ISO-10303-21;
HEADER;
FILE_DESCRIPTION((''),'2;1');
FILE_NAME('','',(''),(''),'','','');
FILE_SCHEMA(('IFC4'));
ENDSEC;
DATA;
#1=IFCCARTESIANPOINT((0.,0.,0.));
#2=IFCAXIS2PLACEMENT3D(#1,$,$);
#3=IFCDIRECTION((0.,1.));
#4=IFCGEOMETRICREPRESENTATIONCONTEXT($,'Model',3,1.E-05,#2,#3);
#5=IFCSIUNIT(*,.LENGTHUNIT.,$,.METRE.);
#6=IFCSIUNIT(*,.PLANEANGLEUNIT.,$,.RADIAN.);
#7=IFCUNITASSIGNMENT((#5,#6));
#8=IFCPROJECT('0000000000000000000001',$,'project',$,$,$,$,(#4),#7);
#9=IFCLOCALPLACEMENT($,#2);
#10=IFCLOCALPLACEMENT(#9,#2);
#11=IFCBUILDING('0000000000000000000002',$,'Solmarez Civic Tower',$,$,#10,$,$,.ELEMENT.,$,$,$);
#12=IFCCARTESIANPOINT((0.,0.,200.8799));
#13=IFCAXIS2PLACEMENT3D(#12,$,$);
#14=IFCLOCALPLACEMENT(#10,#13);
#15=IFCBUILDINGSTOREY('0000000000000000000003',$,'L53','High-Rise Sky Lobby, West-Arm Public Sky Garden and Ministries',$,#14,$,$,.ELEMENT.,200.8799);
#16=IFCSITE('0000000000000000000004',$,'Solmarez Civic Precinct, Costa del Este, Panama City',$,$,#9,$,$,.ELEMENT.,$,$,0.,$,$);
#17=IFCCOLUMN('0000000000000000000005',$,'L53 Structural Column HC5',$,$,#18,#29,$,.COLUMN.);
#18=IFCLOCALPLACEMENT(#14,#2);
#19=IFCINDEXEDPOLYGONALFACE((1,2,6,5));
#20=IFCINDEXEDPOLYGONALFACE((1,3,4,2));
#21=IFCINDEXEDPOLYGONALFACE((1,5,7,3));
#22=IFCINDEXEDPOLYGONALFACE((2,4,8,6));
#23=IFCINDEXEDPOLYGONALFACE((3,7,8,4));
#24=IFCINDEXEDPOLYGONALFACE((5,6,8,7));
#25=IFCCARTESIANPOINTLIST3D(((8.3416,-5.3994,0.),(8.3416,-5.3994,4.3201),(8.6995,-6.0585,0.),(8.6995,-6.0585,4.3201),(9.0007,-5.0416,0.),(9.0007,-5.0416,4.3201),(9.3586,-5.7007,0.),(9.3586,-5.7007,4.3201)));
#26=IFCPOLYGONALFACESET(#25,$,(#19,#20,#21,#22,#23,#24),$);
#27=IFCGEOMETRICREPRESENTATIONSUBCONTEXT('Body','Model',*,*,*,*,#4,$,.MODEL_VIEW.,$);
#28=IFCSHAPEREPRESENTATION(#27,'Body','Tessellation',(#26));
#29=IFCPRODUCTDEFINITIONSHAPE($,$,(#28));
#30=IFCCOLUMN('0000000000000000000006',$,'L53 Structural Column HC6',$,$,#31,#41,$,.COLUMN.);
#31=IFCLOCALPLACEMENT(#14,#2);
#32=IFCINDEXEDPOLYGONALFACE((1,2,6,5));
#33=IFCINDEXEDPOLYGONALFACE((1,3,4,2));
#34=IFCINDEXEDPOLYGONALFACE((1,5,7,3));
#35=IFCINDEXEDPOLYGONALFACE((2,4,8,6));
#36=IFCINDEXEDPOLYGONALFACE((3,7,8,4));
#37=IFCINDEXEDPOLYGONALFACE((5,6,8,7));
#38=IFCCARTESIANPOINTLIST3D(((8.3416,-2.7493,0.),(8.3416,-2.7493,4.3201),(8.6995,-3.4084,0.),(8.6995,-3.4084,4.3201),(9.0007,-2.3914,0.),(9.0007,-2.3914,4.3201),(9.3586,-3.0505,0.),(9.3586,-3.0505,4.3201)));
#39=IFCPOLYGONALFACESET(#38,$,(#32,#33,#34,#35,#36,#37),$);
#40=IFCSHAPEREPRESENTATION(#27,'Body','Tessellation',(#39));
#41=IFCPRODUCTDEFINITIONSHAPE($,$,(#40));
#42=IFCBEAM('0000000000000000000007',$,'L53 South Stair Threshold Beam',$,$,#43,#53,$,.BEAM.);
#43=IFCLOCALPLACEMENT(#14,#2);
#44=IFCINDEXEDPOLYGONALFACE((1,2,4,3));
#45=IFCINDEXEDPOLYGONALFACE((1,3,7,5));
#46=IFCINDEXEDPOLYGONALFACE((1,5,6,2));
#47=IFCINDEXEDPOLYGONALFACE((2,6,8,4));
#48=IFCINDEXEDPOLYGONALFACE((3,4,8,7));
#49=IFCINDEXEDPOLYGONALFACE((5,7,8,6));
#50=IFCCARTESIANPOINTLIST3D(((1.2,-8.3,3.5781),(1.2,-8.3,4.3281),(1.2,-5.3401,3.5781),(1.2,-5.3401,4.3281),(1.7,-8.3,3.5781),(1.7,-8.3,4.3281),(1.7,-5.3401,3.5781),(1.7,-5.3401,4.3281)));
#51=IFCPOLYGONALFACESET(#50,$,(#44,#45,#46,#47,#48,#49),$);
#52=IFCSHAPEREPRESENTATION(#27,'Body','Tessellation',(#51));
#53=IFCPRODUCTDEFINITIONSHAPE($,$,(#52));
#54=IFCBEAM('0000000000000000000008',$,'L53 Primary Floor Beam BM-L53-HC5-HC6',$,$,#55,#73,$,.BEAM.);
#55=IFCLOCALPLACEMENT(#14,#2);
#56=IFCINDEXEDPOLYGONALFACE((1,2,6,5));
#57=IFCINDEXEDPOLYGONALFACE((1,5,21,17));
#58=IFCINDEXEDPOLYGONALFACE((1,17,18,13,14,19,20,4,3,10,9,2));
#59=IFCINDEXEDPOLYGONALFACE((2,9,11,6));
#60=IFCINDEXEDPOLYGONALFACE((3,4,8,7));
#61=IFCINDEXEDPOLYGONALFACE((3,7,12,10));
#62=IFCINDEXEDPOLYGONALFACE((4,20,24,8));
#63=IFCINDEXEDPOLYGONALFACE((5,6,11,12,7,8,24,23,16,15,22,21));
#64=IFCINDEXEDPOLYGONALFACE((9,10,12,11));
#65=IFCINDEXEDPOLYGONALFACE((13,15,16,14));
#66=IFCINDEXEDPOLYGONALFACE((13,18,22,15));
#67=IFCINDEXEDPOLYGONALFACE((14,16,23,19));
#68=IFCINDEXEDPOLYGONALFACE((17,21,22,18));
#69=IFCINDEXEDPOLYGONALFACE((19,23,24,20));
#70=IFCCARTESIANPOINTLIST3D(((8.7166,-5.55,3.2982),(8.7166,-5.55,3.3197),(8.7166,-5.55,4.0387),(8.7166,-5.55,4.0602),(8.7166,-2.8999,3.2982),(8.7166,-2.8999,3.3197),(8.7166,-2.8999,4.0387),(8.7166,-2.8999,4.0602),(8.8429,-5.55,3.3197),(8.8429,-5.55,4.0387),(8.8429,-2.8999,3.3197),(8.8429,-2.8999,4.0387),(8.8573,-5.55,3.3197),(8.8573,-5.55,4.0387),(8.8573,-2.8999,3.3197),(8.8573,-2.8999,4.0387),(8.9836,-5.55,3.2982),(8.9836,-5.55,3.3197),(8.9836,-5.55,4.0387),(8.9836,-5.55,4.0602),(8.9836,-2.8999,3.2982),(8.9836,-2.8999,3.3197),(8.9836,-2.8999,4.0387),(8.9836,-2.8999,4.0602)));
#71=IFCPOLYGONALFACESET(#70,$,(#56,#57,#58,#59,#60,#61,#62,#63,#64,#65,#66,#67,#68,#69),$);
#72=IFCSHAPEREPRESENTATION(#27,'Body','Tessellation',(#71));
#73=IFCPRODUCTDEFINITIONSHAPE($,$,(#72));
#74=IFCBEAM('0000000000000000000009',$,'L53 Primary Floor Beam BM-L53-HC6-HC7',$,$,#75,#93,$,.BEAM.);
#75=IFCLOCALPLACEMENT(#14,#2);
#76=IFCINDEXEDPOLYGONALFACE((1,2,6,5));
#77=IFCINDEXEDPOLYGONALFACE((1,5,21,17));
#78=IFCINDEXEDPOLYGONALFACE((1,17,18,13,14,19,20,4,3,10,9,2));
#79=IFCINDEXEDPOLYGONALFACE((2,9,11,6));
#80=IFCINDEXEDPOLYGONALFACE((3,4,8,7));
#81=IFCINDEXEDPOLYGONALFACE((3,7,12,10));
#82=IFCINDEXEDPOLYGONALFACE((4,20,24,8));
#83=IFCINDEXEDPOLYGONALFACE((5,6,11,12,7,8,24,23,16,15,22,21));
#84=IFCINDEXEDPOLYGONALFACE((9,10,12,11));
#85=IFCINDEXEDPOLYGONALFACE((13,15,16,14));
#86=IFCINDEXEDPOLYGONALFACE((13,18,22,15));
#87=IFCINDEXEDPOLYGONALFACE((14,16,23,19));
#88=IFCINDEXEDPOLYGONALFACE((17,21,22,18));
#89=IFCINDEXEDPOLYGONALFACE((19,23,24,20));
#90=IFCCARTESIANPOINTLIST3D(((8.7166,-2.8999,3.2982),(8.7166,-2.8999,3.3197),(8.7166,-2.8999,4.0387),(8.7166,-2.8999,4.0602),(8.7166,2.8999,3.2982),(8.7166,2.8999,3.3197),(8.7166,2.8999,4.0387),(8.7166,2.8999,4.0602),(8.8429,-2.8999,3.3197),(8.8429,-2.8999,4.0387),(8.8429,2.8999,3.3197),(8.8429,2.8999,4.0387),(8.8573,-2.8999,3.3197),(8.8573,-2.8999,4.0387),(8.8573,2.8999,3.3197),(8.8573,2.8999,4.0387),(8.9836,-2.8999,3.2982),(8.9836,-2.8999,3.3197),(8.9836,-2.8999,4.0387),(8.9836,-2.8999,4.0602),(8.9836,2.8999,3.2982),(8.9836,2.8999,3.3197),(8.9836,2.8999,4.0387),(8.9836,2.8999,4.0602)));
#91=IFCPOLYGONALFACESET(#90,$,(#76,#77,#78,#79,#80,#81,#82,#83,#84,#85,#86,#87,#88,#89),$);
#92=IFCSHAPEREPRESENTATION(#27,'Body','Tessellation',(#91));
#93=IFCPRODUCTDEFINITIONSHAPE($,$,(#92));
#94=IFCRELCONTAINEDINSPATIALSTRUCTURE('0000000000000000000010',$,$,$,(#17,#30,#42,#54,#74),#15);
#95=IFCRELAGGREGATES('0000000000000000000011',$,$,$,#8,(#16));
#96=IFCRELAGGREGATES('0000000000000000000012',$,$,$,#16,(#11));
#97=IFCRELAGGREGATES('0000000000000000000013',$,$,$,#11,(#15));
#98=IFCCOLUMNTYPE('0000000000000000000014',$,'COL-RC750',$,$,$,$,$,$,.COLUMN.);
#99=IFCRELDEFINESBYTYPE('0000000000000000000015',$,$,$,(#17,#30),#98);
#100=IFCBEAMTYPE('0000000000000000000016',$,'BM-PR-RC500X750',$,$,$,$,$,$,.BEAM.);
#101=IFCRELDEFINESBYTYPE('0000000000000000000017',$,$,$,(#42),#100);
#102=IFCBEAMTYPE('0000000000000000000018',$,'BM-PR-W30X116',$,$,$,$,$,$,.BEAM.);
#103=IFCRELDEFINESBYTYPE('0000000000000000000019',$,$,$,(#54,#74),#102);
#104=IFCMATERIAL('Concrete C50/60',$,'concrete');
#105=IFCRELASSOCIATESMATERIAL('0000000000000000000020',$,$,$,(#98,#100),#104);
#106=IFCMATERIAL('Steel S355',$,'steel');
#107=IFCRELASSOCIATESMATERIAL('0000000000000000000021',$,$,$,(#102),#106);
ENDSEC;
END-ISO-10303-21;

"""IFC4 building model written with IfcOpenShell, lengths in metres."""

from ifc_helpers import new_model, si_unit, direction, frame, origin, origin_2d, place, context, subcontext, project, spatial, rectangle, i_section, extrude, material, material_profile, profile_set, type_object, element, save


model = new_model("IFC4")

# Units and contexts
model_context = context("Model", 3, precision=1e-05, world=origin(), true_north=direction((0.0, 1.0)))
body_context = subcontext(model_context, "Body", "Model", "MODEL_VIEW")
ifc_project = project(units=[si_unit("LENGTHUNIT", "METRE"), si_unit("PLANEANGLEUNIT", "RADIAN")], contexts=[model_context])

# Site, building, storey
site_placement = place(None, origin())
site = spatial("IfcSite", under=ifc_project, at=site_placement, Name="Solmarez Civic Precinct, Costa del Este, Panama City", CompositionType="ELEMENT", RefElevation=0.0)
building_placement = place(site_placement, origin())
building = spatial("IfcBuilding", under=site, at=building_placement, Name="Solmarez Civic Tower", CompositionType="ELEMENT")
storey_placement = place(building_placement, frame((0.0, 0.0, 200.8799)))
storey = spatial("IfcBuildingStorey", under=building, at=storey_placement, Name="L53", Description="High-Rise Sky Lobby, West-Arm Public Sky Garden and Ministries", CompositionType="ELEMENT", Elevation=200.8799)

# Columns
ifc_material_1 = material(Name="Concrete C50/60", Category="concrete")
ifc_material_profile_1 = material_profile(ifc_material_1, rectangle(XDim=0.75, YDim=0.75, at=origin_2d()), Name="RC750X750")
ifc_profile_set_1 = profile_set([ifc_material_profile_1], Name="Concrete C50/60")
column_type = type_object("IfcColumnType", Name="COL-RC750", PredefinedType="COLUMN", material=ifc_profile_set_1)
for number, where, z_axis, x_axis, name in (
    (1, (8.8501, -5.55, 0.0), (0.0, 0.0, 1.0), (0.878817, 0.477159, 0.0), "L53 Structural Column HC5"),
    (2, (8.8501, -2.8999, 0.0), (0.0, 0.0, 1.0), (0.878817, 0.477159, 0.0), "L53 Structural Column HC6"),
):
    element("IfcColumn", number, at=place(storey_placement, frame(where, z_axis=z_axis, x_axis=x_axis)), inside=storey, type_object=column_type, Name=name, PredefinedType="COLUMN", context=body_context, shape_type="SweptSolid", body=[
        extrude(rectangle(XDim=0.75, YDim=0.75, at=origin_2d()), origin(), (0.0, 0.0, 1.0), 4.3201),
    ])

# Beams
ifc_material_profile_2 = material_profile(ifc_material_1, rectangle(XDim=0.5, YDim=0.75, at=origin_2d()), Name="RC500X750")
ifc_profile_set_2 = profile_set([ifc_material_profile_2], Name="Concrete C50/60")
beam_type_1 = type_object("IfcBeamType", Name="BM-PR-RC500X750", PredefinedType="BEAM", material=ifc_profile_set_2)
beam_1_placement = place(storey_placement, frame((1.45, -8.3, 3.9531), z_axis=(0.0, 1.0, 0.0), x_axis=(-1.0, 0.0, 0.0)))
element("IfcBeam", 3, at=beam_1_placement, inside=storey, type_object=beam_type_1, Name="L53 South Stair Threshold Beam", PredefinedType="BEAM", context=body_context, shape_type="SweptSolid", body=[
    extrude(rectangle(XDim=0.5, YDim=0.75, at=origin_2d()), origin(), (0.0, 0.0, 1.0), 2.96),
])
ifc_material_2 = material(Name="Steel S355", Category="steel")
ifc_material_profile_3 = material_profile(ifc_material_2, i_section(OverallWidth=0.2671, OverallDepth=0.762, WebThickness=0.0144, FlangeThickness=0.0215, at=origin_2d()), Name="W30X116")
ifc_profile_set_3 = profile_set([ifc_material_profile_3], Name="Steel S355")
beam_type_2 = type_object("IfcBeamType", Name="BM-PR-W30X116", PredefinedType="BEAM", material=ifc_profile_set_3)
beam_2_placement = place(storey_placement, frame((8.8501, -5.55, 3.6792), z_axis=(0.0, 1.0, 0.0), x_axis=(-1.0, 0.0, 0.0)))
element("IfcBeam", 4, at=beam_2_placement, inside=storey, type_object=beam_type_2, Name="L53 Primary Floor Beam BM-L53-HC5-HC6", PredefinedType="BEAM", context=body_context, shape_type="SweptSolid", body=[
    extrude(i_section(OverallWidth=0.2671, OverallDepth=0.762, WebThickness=0.0144, FlangeThickness=0.0215, at=origin_2d()), origin(), (0.0, 0.0, 1.0), 2.6501),
])
beam_3_placement = place(storey_placement, frame((8.8501, -2.8999, 3.6792), z_axis=(0.0, 1.0, 0.0), x_axis=(-1.0, 0.0, 0.0)))
element("IfcBeam", 5, at=beam_3_placement, inside=storey, type_object=beam_type_2, Name="L53 Primary Floor Beam BM-L53-HC6-HC7", PredefinedType="BEAM", context=body_context, shape_type="SweptSolid", body=[
    extrude(i_section(OverallWidth=0.2671, OverallDepth=0.762, WebThickness=0.0144, FlangeThickness=0.0215, at=origin_2d()), origin(), (0.0, 0.0, 1.0), 5.7998),
])

save(model, "model.ifc")
